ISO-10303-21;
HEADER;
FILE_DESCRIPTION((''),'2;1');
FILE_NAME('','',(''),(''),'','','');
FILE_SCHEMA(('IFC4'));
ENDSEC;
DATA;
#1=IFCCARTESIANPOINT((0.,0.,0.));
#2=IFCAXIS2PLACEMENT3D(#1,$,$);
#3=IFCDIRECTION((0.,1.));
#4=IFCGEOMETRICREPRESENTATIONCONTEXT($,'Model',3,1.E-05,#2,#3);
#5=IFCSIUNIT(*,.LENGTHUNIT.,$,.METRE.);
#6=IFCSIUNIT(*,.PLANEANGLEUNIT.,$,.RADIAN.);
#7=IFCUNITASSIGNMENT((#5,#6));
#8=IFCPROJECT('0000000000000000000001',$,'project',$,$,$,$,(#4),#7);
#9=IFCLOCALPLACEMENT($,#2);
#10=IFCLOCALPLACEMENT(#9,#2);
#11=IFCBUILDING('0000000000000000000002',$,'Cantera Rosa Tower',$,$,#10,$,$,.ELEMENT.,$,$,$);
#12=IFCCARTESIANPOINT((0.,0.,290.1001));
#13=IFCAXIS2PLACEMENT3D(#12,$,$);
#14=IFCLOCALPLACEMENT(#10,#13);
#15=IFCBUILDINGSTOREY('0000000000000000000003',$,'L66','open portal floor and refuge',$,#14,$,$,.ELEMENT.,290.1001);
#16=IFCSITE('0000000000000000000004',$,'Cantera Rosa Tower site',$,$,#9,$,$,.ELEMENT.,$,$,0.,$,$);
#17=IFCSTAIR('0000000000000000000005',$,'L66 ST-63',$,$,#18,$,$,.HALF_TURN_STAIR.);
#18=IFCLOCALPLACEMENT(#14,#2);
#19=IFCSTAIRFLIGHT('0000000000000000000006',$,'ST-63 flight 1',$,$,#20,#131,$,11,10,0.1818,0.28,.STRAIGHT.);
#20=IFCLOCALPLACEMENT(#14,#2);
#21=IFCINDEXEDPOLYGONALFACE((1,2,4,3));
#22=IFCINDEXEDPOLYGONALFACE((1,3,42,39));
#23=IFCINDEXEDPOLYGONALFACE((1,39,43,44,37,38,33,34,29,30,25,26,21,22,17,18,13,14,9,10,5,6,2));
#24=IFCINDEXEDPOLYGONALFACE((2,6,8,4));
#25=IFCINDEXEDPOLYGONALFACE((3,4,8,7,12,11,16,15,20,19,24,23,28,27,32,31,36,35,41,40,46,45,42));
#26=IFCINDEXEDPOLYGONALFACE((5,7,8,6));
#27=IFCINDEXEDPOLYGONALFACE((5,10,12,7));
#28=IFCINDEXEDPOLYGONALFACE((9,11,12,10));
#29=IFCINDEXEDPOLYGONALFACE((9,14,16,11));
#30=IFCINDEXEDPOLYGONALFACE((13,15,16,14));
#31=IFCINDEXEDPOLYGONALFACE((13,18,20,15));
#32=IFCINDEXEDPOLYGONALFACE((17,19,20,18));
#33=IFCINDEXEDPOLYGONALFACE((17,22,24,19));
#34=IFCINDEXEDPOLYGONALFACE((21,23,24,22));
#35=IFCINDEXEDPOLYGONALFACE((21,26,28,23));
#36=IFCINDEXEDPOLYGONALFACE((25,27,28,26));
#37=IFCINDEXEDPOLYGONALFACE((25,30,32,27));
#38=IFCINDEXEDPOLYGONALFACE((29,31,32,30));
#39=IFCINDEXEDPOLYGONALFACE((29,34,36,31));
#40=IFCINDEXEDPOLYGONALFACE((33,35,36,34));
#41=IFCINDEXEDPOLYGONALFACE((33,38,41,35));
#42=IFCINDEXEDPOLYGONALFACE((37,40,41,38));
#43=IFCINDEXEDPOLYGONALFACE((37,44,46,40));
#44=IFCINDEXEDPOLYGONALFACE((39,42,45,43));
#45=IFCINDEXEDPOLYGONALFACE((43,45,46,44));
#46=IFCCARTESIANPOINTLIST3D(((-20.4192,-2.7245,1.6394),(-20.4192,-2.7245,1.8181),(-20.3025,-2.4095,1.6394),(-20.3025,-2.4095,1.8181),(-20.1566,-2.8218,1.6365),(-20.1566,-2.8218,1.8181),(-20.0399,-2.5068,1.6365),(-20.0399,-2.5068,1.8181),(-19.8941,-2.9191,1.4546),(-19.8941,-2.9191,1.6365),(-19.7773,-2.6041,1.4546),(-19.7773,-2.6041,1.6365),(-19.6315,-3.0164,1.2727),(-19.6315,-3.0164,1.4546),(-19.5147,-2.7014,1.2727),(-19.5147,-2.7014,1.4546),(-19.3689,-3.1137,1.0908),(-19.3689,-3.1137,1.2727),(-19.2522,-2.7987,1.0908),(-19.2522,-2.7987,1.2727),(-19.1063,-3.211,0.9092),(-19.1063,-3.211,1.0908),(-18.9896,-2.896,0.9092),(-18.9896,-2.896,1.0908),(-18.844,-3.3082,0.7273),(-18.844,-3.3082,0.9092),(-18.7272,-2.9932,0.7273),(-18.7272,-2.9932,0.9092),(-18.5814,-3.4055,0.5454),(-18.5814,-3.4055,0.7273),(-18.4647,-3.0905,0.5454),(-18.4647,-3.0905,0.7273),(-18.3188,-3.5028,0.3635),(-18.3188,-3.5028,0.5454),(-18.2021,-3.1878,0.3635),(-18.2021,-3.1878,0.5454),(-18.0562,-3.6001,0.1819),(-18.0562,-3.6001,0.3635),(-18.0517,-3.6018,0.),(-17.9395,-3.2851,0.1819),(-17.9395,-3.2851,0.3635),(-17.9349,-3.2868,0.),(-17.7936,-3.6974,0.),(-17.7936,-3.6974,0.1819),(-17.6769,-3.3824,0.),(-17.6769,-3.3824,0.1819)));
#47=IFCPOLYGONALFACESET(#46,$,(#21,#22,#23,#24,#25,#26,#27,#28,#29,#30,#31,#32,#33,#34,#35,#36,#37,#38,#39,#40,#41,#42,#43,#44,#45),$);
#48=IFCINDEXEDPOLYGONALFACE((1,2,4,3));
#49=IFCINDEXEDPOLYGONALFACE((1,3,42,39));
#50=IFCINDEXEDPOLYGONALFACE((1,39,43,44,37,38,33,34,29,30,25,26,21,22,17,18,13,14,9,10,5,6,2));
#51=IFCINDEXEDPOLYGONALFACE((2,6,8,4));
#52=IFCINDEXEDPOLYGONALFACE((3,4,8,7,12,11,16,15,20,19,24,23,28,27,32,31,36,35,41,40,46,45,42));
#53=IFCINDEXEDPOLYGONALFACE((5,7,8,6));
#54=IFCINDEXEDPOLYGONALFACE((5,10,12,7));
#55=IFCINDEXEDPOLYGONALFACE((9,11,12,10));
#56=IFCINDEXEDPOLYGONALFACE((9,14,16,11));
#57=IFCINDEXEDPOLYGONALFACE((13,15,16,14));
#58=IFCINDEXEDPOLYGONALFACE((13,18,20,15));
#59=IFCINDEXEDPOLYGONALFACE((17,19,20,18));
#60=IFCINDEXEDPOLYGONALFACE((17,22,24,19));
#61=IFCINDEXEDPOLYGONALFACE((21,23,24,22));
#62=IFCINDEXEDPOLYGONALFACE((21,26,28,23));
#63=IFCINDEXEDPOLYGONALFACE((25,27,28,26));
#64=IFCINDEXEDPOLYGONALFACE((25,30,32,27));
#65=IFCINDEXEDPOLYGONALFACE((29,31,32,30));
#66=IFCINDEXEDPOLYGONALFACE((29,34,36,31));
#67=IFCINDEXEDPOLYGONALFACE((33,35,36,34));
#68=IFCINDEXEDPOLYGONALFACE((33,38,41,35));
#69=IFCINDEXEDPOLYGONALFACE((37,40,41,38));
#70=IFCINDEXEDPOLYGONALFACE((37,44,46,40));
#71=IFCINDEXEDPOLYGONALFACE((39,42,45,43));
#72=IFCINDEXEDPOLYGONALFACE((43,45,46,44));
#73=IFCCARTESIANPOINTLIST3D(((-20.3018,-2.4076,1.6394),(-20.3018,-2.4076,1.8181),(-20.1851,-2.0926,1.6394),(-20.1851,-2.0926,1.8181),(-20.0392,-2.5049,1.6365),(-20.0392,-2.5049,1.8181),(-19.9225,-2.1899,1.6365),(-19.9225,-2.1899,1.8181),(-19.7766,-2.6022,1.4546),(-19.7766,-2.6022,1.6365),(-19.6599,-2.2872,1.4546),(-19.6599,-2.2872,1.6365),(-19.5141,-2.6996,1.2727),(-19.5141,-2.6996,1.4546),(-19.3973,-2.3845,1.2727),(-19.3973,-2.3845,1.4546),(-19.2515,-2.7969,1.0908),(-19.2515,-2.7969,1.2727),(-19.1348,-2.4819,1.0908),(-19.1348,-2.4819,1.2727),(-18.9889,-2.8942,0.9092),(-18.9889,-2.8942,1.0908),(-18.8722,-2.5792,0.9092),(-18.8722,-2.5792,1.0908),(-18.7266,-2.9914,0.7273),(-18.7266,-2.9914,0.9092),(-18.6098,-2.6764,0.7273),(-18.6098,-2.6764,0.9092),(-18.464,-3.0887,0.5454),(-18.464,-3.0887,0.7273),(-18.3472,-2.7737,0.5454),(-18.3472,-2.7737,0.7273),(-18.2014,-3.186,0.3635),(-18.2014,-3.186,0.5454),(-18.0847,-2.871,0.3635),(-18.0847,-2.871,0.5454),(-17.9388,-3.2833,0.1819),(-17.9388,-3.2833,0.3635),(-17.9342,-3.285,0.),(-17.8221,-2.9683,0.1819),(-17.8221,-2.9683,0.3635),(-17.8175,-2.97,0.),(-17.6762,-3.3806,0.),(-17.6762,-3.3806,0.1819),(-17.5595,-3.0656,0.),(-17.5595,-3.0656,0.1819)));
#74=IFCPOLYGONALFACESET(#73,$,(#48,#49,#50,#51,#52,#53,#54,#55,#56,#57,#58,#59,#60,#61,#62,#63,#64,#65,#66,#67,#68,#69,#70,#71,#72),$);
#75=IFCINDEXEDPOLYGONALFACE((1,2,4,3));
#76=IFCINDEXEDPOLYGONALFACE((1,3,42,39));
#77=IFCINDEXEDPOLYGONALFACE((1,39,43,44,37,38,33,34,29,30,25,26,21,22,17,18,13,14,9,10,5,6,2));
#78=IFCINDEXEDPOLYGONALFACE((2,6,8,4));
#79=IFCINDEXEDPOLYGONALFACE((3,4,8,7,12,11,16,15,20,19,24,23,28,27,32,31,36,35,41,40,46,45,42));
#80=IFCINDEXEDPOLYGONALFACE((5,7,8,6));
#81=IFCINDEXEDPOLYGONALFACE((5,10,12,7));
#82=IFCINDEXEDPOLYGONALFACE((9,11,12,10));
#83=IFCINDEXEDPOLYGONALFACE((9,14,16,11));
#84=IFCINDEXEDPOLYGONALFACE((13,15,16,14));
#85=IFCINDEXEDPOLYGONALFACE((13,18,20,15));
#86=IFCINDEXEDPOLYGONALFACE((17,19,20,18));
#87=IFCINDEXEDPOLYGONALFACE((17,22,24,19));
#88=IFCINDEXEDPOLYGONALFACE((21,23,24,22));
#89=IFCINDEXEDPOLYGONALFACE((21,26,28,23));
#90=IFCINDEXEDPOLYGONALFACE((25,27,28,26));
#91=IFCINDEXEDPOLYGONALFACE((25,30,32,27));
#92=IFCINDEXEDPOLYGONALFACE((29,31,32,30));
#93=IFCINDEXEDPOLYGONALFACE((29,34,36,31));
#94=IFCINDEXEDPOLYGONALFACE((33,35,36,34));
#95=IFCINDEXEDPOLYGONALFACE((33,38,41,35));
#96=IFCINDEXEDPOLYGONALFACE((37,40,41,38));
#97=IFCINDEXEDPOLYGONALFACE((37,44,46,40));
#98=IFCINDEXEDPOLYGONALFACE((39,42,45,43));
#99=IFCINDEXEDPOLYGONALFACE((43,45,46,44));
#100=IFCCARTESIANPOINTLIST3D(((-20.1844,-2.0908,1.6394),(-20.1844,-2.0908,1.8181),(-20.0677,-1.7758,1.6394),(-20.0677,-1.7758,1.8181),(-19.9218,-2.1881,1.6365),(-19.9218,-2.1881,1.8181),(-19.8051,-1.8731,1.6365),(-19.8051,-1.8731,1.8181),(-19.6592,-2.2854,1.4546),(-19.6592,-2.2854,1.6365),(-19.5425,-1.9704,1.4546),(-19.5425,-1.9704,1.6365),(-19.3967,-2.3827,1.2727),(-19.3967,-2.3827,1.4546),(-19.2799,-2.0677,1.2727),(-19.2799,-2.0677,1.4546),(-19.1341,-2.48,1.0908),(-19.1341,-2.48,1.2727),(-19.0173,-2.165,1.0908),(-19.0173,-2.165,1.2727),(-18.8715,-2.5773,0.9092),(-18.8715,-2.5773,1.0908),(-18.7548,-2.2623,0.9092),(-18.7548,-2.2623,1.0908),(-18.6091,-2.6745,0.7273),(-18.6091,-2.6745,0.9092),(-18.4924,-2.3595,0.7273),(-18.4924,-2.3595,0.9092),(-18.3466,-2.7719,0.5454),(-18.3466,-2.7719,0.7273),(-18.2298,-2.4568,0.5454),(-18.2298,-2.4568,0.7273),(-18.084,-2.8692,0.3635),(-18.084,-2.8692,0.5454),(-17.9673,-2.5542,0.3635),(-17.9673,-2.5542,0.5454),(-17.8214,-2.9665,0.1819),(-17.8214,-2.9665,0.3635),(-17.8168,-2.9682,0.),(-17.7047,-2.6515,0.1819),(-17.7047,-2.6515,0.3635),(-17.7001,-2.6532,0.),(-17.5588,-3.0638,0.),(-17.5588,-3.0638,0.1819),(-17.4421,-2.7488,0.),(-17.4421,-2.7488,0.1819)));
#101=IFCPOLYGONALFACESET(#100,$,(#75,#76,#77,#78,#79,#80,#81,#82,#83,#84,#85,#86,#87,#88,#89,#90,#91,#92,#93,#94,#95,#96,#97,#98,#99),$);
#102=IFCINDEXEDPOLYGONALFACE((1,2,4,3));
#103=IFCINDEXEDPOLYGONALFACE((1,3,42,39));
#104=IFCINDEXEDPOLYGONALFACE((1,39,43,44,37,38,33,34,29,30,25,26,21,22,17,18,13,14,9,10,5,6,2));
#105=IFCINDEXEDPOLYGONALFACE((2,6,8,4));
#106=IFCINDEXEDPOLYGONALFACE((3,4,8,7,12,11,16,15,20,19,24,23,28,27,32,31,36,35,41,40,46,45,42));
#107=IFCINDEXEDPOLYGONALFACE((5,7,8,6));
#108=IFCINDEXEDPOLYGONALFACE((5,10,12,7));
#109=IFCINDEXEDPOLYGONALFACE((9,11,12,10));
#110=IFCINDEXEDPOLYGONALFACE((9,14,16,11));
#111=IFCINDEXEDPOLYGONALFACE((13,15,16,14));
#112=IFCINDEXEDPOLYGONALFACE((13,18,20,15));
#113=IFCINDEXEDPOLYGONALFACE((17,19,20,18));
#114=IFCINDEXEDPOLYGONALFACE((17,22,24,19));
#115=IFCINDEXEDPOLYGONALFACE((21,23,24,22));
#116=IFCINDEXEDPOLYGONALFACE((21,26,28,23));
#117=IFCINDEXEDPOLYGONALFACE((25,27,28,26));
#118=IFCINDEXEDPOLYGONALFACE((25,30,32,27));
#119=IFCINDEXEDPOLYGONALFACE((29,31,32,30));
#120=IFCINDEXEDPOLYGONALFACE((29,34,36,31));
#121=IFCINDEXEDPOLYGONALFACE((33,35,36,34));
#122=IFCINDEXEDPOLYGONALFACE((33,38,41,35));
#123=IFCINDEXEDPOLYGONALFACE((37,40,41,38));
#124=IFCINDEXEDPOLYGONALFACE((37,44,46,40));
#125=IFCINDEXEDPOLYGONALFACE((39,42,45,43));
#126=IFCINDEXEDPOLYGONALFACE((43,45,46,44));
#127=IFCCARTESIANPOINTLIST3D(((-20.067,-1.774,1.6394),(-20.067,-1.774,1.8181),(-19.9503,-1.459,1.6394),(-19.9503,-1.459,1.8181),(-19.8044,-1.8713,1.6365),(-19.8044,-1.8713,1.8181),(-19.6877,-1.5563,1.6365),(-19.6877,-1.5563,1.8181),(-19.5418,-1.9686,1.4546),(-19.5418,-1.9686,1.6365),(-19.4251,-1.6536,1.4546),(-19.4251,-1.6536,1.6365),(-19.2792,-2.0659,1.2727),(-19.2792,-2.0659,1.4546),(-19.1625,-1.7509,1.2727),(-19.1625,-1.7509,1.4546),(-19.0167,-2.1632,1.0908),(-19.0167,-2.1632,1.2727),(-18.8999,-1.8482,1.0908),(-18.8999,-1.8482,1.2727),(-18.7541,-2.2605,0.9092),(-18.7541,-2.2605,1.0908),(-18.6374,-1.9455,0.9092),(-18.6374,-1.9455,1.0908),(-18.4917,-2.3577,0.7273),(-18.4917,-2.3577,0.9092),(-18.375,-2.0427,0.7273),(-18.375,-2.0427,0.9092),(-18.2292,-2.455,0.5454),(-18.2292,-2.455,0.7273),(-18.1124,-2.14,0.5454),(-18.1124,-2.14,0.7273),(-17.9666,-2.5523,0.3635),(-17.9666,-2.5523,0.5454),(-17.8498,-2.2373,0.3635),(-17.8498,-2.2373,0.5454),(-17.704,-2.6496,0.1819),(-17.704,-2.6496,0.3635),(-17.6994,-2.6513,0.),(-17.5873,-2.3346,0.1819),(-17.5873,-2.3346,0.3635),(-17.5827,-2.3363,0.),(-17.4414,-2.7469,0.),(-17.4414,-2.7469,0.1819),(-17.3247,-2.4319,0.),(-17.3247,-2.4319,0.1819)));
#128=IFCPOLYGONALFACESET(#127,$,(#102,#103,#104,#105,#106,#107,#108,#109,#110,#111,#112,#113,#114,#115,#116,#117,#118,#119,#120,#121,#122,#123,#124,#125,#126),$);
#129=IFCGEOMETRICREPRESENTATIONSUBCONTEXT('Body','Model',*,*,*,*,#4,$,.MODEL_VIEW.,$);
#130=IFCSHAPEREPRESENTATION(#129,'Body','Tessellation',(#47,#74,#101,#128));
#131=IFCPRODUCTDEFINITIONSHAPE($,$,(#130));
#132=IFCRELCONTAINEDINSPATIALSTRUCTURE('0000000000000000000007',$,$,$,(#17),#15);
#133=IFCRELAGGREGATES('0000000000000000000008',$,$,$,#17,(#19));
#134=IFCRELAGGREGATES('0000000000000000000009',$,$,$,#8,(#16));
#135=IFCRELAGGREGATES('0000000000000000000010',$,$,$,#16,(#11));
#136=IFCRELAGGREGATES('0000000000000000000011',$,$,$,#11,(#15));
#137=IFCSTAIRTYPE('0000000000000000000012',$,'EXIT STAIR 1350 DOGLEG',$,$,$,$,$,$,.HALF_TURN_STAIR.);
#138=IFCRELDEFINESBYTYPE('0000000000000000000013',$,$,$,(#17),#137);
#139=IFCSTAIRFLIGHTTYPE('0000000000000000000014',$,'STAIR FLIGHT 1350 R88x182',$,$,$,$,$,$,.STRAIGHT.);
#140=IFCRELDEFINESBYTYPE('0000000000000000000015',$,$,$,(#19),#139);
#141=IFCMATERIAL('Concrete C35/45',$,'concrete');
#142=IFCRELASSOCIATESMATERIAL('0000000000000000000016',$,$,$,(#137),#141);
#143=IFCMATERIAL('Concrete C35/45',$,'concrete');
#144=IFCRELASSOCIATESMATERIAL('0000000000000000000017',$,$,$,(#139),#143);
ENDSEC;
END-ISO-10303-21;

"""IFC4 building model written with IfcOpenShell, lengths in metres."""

from ifc_helpers import new_model, si_unit, direction, frame, origin, place, context, subcontext, project, spatial, polyline, outline, extrude, material, type_object, element, aggregate, save


model = new_model("IFC4")

# Units and contexts
model_context = context("Model", 3, precision=1e-05, world=origin(), true_north=direction((0.0, 1.0)))
body_context = subcontext(model_context, "Body", "Model", "MODEL_VIEW")
ifc_project = project(units=[si_unit("LENGTHUNIT", "METRE"), si_unit("PLANEANGLEUNIT", "RADIAN")], contexts=[model_context])

# Site, building, storey
site_placement = place(None, origin())
site = spatial("IfcSite", under=ifc_project, at=site_placement, Name="Cantera Rosa Tower site", CompositionType="ELEMENT", RefElevation=0.0)
building_placement = place(site_placement, origin())
building = spatial("IfcBuilding", under=site, at=building_placement, Name="Cantera Rosa Tower", CompositionType="ELEMENT")
storey_placement = place(building_placement, frame((0.0, 0.0, 290.1001)))
storey = spatial("IfcBuildingStorey", under=building, at=storey_placement, Name="L66", Description="open portal floor and refuge", CompositionType="ELEMENT", Elevation=290.1001)

# Stair, stair flight
ifc_material_1 = material(Name="Concrete C35/45", Category="concrete")
stair_type = type_object("IfcStairType", Name="EXIT STAIR 1350 DOGLEG", PredefinedType="HALF_TURN_STAIR", material=ifc_material_1)
stair_placement = place(storey_placement, origin())
stair = element("IfcStair", 1, at=stair_placement, inside=storey, type_object=stair_type, Name="L66 ST-63", PredefinedType="HALF_TURN_STAIR")
ifc_material_2 = material(Name="Concrete C35/45", Category="concrete")
stair_flight_type = type_object("IfcStairFlightType", Name="STAIR FLIGHT 1350 R88x182", PredefinedType="STRAIGHT", material=ifc_material_2)
stair_flight_placement = place(storey_placement, frame((-17.5591, -3.0645, 0.0), z_axis=(0.0, 0.0, 1.0), x_axis=(-0.937687, 0.347481, 0.0)))
stair_flight = element("IfcStairFlight", 2, at=stair_flight_placement, type_object=stair_flight_type, Name="ST-63 flight 1", NumberOfRisers=11, NumberOfTreads=10, PredefinedType="STRAIGHT", RiserHeight=0.1818, TreadLength=0.28, context=body_context, shape_type="SweptSolid", body=[
    extrude(outline(polyline([(0.0, 0.0), (0.0, 0.1819), (0.28, 0.1819), (0.28, 0.3635), (0.5601, 0.3635), (0.5601, 0.5454), (0.8401, 0.5454), (0.8401, 0.7273), (1.1201, 0.7273), (1.1201, 0.9092), (1.3999, 0.9092), (1.3999, 1.0908), (1.6799, 1.0908), (1.6799, 1.2727), (1.96, 1.2727), (1.96, 1.4546), (2.24, 1.4546), (2.24, 1.6365), (2.52, 1.6365), (2.52, 1.8181), (2.8, 1.8181), (2.8, 2.0), (2.8, 1.6394), (0.2751, 0.0), (0.0, 0.0)])), frame((0.0, 0.675, 0.0), z_axis=(0.0, -1.0, 0.0), x_axis=(1.0, 0.0, 0.0)), (0.0, 0.0, 1.0), 0.3359),
    extrude(outline(polyline([(0.0, 0.0), (0.0, 0.1819), (0.28, 0.1819), (0.28, 0.3635), (0.5601, 0.3635), (0.5601, 0.5454), (0.8401, 0.5454), (0.8401, 0.7273), (1.1201, 0.7273), (1.1201, 0.9092), (1.3999, 0.9092), (1.3999, 1.0908), (1.6799, 1.0908), (1.6799, 1.2727), (1.96, 1.2727), (1.96, 1.4546), (2.24, 1.4546), (2.24, 1.6365), (2.52, 1.6365), (2.52, 1.8181), (2.8, 1.8181), (2.8, 2.0), (2.8, 1.6394), (0.2751, 0.0), (0.0, 0.0)])), frame((0.0, 0.3372, 0.0), z_axis=(0.0, -1.0, 0.0), x_axis=(1.0, 0.0, 0.0)), (0.0, 0.0, 1.0), 0.3359),
    extrude(outline(polyline([(0.0, 0.0), (0.0, 0.1819), (0.28, 0.1819), (0.28, 0.3635), (0.5601, 0.3635), (0.5601, 0.5454), (0.8401, 0.5454), (0.8401, 0.7273), (1.1201, 0.7273), (1.1201, 0.9092), (1.3999, 0.9092), (1.3999, 1.0908), (1.6799, 1.0908), (1.6799, 1.2727), (1.96, 1.2727), (1.96, 1.4546), (2.24, 1.4546), (2.24, 1.6365), (2.52, 1.6365), (2.52, 1.8181), (2.8, 1.8181), (2.8, 2.0), (2.8, 1.6394), (0.2751, 0.0), (0.0, 0.0)])), frame((0.0, -0.0007, 0.0), z_axis=(0.0, -1.0, 0.0), x_axis=(1.0, 0.0, 0.0)), (0.0, 0.0, 1.0), 0.3359),
    extrude(outline(polyline([(0.0, 0.0), (0.0, 0.1819), (0.28, 0.1819), (0.28, 0.3635), (0.5601, 0.3635), (0.5601, 0.5454), (0.8401, 0.5454), (0.8401, 0.7273), (1.1201, 0.7273), (1.1201, 0.9092), (1.3999, 0.9092), (1.3999, 1.0908), (1.6799, 1.0908), (1.6799, 1.2727), (1.96, 1.2727), (1.96, 1.4546), (2.24, 1.4546), (2.24, 1.6365), (2.52, 1.6365), (2.52, 1.8181), (2.8, 1.8181), (2.8, 2.0), (2.8, 1.6394), (0.2751, 0.0), (0.0, 0.0)])), frame((0.0, -0.3386, 0.0), z_axis=(0.0, -1.0, 0.0), x_axis=(1.0, 0.0, 0.0)), (0.0, 0.0, 1.0), 0.3359),
])
aggregate(stair, [stair_flight])

save(model, "model.ifc")
